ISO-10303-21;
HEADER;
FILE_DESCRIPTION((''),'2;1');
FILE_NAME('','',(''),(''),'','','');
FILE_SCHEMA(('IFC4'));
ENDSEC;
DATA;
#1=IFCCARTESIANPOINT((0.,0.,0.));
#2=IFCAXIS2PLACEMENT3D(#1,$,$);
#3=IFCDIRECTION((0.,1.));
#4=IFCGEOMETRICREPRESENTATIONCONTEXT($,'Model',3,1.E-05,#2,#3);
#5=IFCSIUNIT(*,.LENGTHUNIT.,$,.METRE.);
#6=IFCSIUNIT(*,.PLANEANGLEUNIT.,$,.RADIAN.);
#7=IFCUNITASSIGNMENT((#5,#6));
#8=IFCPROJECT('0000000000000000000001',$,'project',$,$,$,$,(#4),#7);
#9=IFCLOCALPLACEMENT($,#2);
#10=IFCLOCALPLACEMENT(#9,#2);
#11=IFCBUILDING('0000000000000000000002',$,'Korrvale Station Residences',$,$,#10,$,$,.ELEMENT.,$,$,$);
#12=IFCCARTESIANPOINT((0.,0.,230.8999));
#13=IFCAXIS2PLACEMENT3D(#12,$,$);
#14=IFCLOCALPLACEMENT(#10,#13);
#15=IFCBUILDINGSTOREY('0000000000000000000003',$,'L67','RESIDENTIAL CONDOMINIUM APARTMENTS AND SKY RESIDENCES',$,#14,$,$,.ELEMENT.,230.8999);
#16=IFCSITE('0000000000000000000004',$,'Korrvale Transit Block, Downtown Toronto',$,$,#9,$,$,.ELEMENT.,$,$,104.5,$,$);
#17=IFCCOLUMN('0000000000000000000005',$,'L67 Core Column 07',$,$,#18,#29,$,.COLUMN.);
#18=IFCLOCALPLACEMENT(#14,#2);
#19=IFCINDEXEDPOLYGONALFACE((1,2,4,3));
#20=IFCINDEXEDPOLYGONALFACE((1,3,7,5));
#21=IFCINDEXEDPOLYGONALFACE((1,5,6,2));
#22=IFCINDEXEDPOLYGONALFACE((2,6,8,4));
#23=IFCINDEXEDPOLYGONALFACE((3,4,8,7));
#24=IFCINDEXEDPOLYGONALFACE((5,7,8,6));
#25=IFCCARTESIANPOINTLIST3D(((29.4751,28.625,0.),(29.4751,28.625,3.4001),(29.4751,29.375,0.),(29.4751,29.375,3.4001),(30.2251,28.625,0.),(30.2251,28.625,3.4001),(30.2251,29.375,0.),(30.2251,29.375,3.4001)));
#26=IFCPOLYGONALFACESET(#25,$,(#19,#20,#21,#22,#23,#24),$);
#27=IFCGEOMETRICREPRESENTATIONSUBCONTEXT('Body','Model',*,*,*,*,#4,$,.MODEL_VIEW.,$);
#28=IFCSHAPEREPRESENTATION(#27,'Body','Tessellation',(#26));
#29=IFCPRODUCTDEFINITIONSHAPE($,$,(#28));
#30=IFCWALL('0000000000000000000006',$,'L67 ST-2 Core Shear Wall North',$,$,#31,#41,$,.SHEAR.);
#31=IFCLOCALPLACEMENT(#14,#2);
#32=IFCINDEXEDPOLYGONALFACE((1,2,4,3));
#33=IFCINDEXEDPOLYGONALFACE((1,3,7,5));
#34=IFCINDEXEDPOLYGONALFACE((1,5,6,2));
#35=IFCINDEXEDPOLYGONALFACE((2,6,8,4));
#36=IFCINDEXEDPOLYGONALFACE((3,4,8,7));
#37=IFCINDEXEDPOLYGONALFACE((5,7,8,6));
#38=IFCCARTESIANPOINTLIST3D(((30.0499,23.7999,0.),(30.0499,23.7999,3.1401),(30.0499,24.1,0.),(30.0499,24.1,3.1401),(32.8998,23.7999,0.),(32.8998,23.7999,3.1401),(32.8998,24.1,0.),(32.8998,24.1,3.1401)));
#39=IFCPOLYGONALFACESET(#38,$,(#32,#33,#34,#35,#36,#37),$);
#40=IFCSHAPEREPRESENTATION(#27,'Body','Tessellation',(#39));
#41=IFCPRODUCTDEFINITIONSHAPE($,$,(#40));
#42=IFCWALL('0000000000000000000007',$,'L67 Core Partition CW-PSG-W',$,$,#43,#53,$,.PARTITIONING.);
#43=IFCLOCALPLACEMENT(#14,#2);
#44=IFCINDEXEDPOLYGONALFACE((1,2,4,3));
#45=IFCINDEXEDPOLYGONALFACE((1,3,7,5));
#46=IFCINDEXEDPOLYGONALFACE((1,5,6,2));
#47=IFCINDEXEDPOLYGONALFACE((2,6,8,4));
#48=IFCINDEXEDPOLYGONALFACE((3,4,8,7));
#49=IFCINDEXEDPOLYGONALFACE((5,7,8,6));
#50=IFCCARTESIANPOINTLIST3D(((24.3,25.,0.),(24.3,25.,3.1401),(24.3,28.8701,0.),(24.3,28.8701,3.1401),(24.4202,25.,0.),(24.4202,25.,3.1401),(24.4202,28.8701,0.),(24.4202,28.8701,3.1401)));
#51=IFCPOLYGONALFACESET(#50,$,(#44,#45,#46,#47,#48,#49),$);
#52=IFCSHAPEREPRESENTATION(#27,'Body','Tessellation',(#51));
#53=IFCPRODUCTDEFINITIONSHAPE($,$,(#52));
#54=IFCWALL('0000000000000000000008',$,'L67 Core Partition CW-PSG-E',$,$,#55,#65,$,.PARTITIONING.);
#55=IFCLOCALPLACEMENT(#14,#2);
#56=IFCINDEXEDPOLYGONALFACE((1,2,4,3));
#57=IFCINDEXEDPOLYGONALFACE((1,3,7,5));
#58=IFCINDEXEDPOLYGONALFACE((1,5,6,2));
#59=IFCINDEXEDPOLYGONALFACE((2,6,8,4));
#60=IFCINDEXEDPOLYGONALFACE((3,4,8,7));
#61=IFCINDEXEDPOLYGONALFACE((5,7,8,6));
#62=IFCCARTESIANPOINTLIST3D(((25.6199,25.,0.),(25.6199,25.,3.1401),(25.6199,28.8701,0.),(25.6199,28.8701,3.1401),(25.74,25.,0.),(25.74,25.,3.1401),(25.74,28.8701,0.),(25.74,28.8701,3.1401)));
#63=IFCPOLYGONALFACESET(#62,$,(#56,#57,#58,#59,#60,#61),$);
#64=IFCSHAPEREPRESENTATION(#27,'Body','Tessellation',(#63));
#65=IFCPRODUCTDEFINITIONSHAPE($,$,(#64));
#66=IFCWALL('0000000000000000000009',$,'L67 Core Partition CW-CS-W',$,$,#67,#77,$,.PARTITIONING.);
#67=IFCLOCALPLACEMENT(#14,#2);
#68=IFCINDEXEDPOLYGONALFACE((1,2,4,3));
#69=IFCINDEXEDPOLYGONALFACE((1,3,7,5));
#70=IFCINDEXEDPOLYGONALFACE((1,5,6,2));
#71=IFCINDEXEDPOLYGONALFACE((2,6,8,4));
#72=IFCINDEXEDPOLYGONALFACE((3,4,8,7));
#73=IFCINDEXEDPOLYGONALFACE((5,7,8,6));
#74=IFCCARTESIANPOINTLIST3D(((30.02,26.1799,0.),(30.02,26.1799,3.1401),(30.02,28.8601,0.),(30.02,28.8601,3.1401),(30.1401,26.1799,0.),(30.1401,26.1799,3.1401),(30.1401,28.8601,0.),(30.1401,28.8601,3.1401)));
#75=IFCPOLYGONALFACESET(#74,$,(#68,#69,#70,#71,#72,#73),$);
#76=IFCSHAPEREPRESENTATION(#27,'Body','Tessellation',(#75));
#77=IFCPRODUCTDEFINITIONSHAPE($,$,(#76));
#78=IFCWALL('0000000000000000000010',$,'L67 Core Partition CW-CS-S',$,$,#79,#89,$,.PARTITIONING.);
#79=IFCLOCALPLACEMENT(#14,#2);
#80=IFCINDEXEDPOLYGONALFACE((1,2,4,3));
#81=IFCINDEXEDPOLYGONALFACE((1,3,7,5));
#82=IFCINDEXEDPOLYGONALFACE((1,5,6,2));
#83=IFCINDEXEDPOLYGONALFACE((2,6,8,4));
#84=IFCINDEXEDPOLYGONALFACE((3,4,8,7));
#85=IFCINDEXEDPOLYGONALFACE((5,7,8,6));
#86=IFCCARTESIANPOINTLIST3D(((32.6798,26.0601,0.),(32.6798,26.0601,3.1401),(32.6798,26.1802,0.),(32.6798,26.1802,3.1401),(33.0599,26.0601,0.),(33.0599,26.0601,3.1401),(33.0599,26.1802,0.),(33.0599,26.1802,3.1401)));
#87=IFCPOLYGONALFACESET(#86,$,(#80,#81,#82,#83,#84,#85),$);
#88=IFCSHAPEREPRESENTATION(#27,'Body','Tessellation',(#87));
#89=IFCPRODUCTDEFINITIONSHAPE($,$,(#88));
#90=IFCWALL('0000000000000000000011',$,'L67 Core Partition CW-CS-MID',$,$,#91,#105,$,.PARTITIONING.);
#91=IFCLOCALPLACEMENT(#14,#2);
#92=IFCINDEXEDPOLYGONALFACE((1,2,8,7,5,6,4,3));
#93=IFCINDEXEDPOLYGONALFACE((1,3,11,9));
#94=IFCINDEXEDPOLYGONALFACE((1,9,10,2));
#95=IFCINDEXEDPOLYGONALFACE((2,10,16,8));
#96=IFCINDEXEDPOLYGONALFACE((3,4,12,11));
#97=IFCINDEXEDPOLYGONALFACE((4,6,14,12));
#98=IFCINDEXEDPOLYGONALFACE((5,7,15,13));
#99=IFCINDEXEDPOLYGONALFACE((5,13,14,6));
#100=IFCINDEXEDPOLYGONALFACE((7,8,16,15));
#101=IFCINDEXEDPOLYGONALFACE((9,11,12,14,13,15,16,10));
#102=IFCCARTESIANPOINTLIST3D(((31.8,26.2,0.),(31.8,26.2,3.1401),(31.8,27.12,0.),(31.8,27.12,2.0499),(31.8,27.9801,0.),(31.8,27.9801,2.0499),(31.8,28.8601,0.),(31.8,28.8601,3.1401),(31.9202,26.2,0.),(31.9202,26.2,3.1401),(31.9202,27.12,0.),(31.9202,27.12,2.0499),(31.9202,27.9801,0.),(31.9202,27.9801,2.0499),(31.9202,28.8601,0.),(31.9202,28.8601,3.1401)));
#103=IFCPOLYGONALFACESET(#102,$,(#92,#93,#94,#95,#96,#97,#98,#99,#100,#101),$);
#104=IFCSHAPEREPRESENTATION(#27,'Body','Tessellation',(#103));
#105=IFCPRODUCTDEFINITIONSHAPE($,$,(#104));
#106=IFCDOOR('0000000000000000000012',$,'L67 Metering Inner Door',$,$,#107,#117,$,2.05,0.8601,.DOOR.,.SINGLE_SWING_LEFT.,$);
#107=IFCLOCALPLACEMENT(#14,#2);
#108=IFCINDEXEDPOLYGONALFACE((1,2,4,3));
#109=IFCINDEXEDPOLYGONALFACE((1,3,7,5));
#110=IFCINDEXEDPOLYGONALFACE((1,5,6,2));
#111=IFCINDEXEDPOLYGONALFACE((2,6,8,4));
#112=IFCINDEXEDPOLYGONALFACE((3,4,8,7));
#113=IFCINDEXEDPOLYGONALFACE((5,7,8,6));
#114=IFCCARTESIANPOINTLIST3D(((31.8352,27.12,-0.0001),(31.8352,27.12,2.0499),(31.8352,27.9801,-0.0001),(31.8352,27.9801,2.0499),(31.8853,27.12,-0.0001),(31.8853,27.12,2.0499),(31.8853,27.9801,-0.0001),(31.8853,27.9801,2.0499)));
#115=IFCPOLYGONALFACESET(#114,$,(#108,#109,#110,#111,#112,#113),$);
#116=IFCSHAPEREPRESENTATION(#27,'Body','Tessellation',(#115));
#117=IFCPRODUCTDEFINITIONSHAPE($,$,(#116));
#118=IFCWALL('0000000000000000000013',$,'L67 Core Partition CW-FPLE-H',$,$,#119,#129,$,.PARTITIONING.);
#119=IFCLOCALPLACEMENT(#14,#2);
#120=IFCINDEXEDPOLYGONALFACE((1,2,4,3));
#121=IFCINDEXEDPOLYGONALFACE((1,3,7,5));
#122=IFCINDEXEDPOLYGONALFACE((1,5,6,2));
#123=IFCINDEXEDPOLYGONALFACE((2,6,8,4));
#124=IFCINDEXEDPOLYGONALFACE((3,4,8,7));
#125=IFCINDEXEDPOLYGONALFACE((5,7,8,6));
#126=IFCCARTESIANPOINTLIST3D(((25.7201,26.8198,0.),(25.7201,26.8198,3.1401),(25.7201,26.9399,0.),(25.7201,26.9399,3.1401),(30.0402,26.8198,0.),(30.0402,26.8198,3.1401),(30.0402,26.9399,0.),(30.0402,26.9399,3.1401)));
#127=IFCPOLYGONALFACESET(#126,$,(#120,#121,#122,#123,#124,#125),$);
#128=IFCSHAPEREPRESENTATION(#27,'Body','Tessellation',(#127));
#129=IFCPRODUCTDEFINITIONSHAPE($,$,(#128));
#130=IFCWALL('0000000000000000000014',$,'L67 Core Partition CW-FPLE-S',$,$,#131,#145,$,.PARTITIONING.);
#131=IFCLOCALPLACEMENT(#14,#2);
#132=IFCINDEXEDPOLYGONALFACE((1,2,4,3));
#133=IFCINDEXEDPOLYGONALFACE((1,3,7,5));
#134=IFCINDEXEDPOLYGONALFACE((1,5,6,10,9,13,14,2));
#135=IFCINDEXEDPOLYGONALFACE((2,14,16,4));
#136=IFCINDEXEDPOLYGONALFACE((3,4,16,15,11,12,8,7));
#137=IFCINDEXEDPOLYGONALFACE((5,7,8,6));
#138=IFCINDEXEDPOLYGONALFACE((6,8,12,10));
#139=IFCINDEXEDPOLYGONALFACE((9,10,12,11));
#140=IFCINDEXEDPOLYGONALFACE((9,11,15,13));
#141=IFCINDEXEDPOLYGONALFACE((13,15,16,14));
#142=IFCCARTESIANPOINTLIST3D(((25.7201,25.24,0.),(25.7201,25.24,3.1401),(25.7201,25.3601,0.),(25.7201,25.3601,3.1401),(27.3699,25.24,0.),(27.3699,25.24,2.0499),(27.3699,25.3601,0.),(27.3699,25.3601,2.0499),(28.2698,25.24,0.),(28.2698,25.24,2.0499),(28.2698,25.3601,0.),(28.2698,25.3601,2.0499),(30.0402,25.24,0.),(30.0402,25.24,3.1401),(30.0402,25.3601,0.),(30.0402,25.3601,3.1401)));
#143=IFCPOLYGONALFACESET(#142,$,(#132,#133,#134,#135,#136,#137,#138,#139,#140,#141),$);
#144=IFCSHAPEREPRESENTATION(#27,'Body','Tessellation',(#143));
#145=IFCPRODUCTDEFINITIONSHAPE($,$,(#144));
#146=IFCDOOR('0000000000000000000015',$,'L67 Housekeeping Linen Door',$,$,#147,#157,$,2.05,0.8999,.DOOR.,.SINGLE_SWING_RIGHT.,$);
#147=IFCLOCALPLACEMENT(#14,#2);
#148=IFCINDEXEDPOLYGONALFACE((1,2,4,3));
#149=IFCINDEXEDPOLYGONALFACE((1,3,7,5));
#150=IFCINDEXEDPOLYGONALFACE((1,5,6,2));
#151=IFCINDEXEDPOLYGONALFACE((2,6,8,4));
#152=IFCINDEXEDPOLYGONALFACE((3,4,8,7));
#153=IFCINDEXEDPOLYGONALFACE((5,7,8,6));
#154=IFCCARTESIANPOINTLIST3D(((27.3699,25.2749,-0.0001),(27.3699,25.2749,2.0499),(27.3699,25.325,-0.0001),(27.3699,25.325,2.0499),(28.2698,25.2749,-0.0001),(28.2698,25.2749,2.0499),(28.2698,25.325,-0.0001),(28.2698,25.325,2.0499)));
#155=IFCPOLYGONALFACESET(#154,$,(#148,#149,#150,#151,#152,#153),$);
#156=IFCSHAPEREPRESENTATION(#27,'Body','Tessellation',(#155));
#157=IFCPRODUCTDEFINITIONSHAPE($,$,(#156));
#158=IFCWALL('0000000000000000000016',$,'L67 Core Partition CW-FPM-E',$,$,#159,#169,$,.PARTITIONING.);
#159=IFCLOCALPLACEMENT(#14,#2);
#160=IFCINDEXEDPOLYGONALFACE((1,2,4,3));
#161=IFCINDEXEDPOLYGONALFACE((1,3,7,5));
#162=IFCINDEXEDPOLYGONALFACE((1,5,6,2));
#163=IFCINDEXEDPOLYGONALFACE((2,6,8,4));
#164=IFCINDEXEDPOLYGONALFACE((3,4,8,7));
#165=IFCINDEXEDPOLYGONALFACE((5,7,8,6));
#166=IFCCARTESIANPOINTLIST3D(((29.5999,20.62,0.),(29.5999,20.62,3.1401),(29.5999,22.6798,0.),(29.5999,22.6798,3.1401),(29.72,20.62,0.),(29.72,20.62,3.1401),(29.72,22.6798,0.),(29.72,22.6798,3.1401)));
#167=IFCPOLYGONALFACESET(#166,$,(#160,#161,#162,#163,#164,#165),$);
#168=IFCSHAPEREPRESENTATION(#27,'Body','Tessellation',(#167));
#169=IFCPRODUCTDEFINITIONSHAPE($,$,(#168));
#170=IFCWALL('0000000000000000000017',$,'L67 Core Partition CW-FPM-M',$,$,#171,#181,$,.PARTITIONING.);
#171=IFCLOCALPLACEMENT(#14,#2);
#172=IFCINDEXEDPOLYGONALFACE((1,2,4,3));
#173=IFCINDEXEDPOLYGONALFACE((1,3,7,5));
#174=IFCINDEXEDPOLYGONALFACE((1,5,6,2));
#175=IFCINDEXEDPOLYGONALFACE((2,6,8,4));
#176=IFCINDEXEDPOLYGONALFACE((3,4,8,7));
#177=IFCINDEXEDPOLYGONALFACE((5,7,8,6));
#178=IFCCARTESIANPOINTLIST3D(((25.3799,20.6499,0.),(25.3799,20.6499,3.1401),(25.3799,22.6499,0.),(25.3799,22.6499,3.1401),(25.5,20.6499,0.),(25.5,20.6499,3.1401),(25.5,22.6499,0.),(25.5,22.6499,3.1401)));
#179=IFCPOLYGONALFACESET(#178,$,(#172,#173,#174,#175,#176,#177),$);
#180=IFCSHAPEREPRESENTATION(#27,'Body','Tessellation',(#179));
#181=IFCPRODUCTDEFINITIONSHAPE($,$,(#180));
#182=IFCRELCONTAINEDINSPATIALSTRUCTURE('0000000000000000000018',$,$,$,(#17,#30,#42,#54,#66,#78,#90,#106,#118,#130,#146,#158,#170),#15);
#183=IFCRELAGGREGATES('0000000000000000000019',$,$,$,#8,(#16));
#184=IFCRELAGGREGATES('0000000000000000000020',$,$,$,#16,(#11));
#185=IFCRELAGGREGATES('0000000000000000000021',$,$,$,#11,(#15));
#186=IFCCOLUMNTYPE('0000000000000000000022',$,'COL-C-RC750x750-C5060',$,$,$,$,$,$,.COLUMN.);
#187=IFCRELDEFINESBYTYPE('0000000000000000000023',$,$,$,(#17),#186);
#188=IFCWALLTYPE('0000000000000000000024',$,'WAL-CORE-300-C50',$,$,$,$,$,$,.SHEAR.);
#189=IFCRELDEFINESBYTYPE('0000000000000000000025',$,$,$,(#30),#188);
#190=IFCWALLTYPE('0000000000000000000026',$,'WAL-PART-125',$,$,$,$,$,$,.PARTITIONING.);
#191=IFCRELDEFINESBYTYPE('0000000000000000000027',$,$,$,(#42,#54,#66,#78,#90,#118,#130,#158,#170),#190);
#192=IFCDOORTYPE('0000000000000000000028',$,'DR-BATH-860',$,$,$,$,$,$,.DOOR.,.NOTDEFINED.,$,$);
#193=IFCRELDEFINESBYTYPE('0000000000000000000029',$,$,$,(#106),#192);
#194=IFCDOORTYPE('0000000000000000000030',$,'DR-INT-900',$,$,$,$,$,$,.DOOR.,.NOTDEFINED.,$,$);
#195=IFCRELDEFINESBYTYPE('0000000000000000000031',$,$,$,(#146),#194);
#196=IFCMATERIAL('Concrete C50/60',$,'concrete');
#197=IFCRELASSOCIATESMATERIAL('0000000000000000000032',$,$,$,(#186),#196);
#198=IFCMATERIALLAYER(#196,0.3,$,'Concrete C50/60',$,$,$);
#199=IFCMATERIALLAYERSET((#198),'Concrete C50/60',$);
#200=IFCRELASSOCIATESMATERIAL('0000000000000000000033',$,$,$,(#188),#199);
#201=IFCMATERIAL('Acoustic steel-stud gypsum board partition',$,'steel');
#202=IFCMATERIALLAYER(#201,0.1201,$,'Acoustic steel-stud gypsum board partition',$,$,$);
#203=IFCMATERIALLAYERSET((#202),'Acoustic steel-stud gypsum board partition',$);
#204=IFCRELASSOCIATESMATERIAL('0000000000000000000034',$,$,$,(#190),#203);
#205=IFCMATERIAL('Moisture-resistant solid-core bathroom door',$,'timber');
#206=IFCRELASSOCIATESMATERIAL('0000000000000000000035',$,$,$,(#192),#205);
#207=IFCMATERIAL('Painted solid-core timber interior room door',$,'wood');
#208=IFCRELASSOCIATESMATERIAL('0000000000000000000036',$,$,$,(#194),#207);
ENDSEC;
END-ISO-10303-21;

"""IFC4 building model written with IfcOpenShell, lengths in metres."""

from ifc_helpers import new_model, si_unit, direction, frame, frame_2d, origin, origin_2d, place, context, subcontext, project, spatial, rectangle, extrude, material, layer, layer_set, material_profile, profile_set, type_object, element, fill, save


model = new_model("IFC4")

# Units and contexts
model_context = context("Model", 3, precision=1e-05, world=origin(), true_north=direction((0.0, 1.0)))
body_context = subcontext(model_context, "Body", "Model", "MODEL_VIEW")
ifc_project = project(units=[si_unit("LENGTHUNIT", "METRE"), si_unit("PLANEANGLEUNIT", "RADIAN")], contexts=[model_context])

# Site, building, storey
site_placement = place(None, origin())
site = spatial("IfcSite", under=ifc_project, at=site_placement, Name="Korrvale Transit Block, Downtown Toronto", CompositionType="ELEMENT", RefElevation=104.5)
building_placement = place(site_placement, origin())
building = spatial("IfcBuilding", under=site, at=building_placement, Name="Korrvale Station Residences", CompositionType="ELEMENT")
storey_placement = place(building_placement, frame((0.0, 0.0, 230.8999)))
storey = spatial("IfcBuildingStorey", under=building, at=storey_placement, Name="L67", Description="RESIDENTIAL CONDOMINIUM APARTMENTS AND SKY RESIDENCES", CompositionType="ELEMENT", Elevation=230.8999)

# Column
ifc_material_1 = material(Name="Concrete C50/60", Category="concrete")
ifc_material_profile = material_profile(ifc_material_1, rectangle(XDim=0.75, YDim=0.75, at=origin_2d()), Name="RC750x750")
ifc_profile_set = profile_set([ifc_material_profile], Name="Concrete C50/60")
column_type = type_object("IfcColumnType", Name="COL-C-RC750x750-C5060", PredefinedType="COLUMN", material=ifc_profile_set)
column_placement = place(storey_placement, frame((29.8501, 29.0, 0.0), z_axis=(0.0, 0.0, 1.0), x_axis=(1.0, 0.0, 0.0)))
element("IfcColumn", 1, at=column_placement, inside=storey, type_object=column_type, Name="L67 Core Column 07", PredefinedType="COLUMN", context=body_context, shape_type="SweptSolid", body=[
    extrude(rectangle(XDim=0.75, YDim=0.75, at=origin_2d()), origin(), (0.0, 0.0, 1.0), 3.4001),
])

# Walls
ifc_layer_1 = layer(ifc_material_1, 0.3, Name="Concrete C50/60")
ifc_layer_set_1 = layer_set([ifc_layer_1], Name="Concrete C50/60")
wall_type_1 = type_object("IfcWallType", Name="WAL-CORE-300-C50", PredefinedType="SHEAR", material=ifc_layer_set_1)
wall_1_placement = place(storey_placement, frame((30.05, 23.95, 0.0), z_axis=(0.0, 0.0, 1.0), x_axis=(1.0, 0.0, 0.0)))
element("IfcWall", 2, at=wall_1_placement, inside=storey, type_object=wall_type_1, Name="L67 ST-2 Core Shear Wall North", PredefinedType="SHEAR", context=body_context, shape_type="SweptSolid", body=[
    extrude(rectangle(XDim=2.8499, YDim=0.3, at=frame_2d((1.4248, 0.0))), origin(), (0.0, 0.0, 1.0), 3.1401),
])
ifc_material_2 = material(Name="Acoustic steel-stud gypsum board partition", Category="steel")
ifc_layer_2 = layer(ifc_material_2, 0.1201, Name="Acoustic steel-stud gypsum board partition")
ifc_layer_set_2 = layer_set([ifc_layer_2], Name="Acoustic steel-stud gypsum board partition")
wall_type_2 = type_object("IfcWallType", Name="WAL-PART-125", PredefinedType="PARTITIONING", material=ifc_layer_set_2)
for number, where, z_axis, x_axis, name in (
    (3, (24.3601, 25.0, 0.0), (0.0, 0.0, 1.0), (0.0, 1.0, 0.0), "L67 Core Partition CW-PSG-W"),
    (4, (25.6799, 25.0, 0.0), (0.0, 0.0, 1.0), (0.0, 1.0, 0.0), "L67 Core Partition CW-PSG-E"),
):
    element("IfcWall", number, at=place(storey_placement, frame(where, z_axis=z_axis, x_axis=x_axis)), inside=storey, type_object=wall_type_2, Name=name, PredefinedType="PARTITIONING", context=body_context, shape_type="SweptSolid", body=[
        extrude(rectangle(XDim=3.8701, YDim=0.1201, at=frame_2d((1.9351, 0.0))), origin(), (0.0, 0.0, 1.0), 3.1401),
    ])
wall_2_placement = place(storey_placement, frame((30.0801, 26.1799, 0.0), z_axis=(0.0, 0.0, 1.0), x_axis=(0.0, 1.0, 0.0)))
element("IfcWall", 5, at=wall_2_placement, inside=storey, type_object=wall_type_2, Name="L67 Core Partition CW-CS-W", PredefinedType="PARTITIONING", context=body_context, shape_type="SweptSolid", body=[
    extrude(rectangle(XDim=2.6802, YDim=0.1201, at=frame_2d((1.3401, 0.0))), origin(), (0.0, 0.0, 1.0), 3.1401),
])
wall_3_placement = place(storey_placement, frame((32.6799, 26.1201, 0.0), z_axis=(0.0, 0.0, 1.0), x_axis=(1.0, 0.0, 0.0)))
element("IfcWall", 6, at=wall_3_placement, inside=storey, type_object=wall_type_2, Name="L67 Core Partition CW-CS-S", PredefinedType="PARTITIONING", context=body_context, shape_type="SweptSolid", body=[
    extrude(rectangle(XDim=0.3801, YDim=0.1201, at=frame_2d((0.1899, 0.0))), origin(), (0.0, 0.0, 1.0), 3.1401),
])

# Wall, opening, door
wall_4_placement = place(storey_placement, frame((31.8601, 26.2, 0.0), z_axis=(0.0, 0.0, 1.0), x_axis=(0.0, 1.0, 0.0)))
wall_4 = element("IfcWall", 7, at=wall_4_placement, inside=storey, type_object=wall_type_2, Name="L67 Core Partition CW-CS-MID", PredefinedType="PARTITIONING", context=body_context, shape_type="SweptSolid", body=[
    extrude(rectangle(XDim=2.6602, YDim=0.1201, at=frame_2d((1.3301, 0.0))), origin(), (0.0, 0.0, 1.0), 3.1401),
])
opening_1_placement = place(wall_4_placement, frame((0.9199, 0.0, 0.0)))
opening_1 = element("IfcOpeningElement", 8, at=opening_1_placement, cuts=wall_4, PredefinedType="OPENING", context=body_context, shape_type="SweptSolid", body=[
    extrude(rectangle(XDim=0.8601, YDim=2.05, at=frame_2d((0.4302, 1.0249))), frame((0.0, 0.0701, 0.0), z_axis=(0.0, -1.0, 0.0), x_axis=(1.0, 0.0, 0.0)), (0.0, 0.0, 1.0), 0.1401),
])
ifc_material_3 = material(Name="Moisture-resistant solid-core bathroom door", Category="timber")
door_type_1 = type_object("IfcDoorType", Name="DR-BATH-860", OperationType="NOTDEFINED", PredefinedType="DOOR", material=ifc_material_3)
door_1_placement = place(opening_1_placement, origin())
door_1 = element("IfcDoor", 9, at=door_1_placement, inside=storey, type_object=door_type_1, Name="L67 Metering Inner Door", OperationType="SINGLE_SWING_LEFT", OverallHeight=2.05, OverallWidth=0.8601, PredefinedType="DOOR", context=body_context, shape_type="SweptSolid", body=[
    extrude(rectangle(XDim=0.8601, YDim=2.05, at=frame_2d((0.4302, 1.0249))), frame((0.0, 0.0249, 0.0), z_axis=(0.0, -1.0, 0.0), x_axis=(1.0, 0.0, 0.0)), (0.0, 0.0, 1.0), 0.05),
])
fill(opening_1, door_1)

# Wall
wall_5_placement = place(storey_placement, frame((25.72, 26.8799, 0.0), z_axis=(0.0, 0.0, 1.0), x_axis=(1.0, 0.0, 0.0)))
element("IfcWall", 10, at=wall_5_placement, inside=storey, type_object=wall_type_2, Name="L67 Core Partition CW-FPLE-H", PredefinedType="PARTITIONING", context=body_context, shape_type="SweptSolid", body=[
    extrude(rectangle(XDim=4.3201, YDim=0.1201, at=frame_2d((2.1602, 0.0))), origin(), (0.0, 0.0, 1.0), 3.1401),
])

# Wall, opening, door
wall_6_placement = place(storey_placement, frame((25.72, 25.3, 0.0), z_axis=(0.0, 0.0, 1.0), x_axis=(1.0, 0.0, 0.0)))
wall_6 = element("IfcWall", 11, at=wall_6_placement, inside=storey, type_object=wall_type_2, Name="L67 Core Partition CW-FPLE-S", PredefinedType="PARTITIONING", context=body_context, shape_type="SweptSolid", body=[
    extrude(rectangle(XDim=4.3201, YDim=0.1201, at=frame_2d((2.1602, 0.0))), origin(), (0.0, 0.0, 1.0), 3.1401),
])
opening_2_placement = place(wall_6_placement, frame((1.6499, 0.0, 0.0)))
opening_2 = element("IfcOpeningElement", 12, at=opening_2_placement, cuts=wall_6, PredefinedType="OPENING", context=body_context, shape_type="SweptSolid", body=[
    extrude(rectangle(XDim=0.8999, YDim=2.05, at=frame_2d((0.45, 1.0249))), frame((0.0, 0.0701, 0.0), z_axis=(0.0, -1.0, 0.0), x_axis=(1.0, 0.0, 0.0)), (0.0, 0.0, 1.0), 0.1401),
])
ifc_material_4 = material(Name="Painted solid-core timber interior room door", Category="wood")
door_type_2 = type_object("IfcDoorType", Name="DR-INT-900", OperationType="NOTDEFINED", PredefinedType="DOOR", material=ifc_material_4)
door_2_placement = place(opening_2_placement, origin())
door_2 = element("IfcDoor", 13, at=door_2_placement, inside=storey, type_object=door_type_2, Name="L67 Housekeeping Linen Door", OperationType="SINGLE_SWING_RIGHT", OverallHeight=2.05, OverallWidth=0.8999, PredefinedType="DOOR", context=body_context, shape_type="SweptSolid", body=[
    extrude(rectangle(XDim=0.8999, YDim=2.05, at=frame_2d((0.45, 1.0249))), frame((0.0, 0.0249, 0.0), z_axis=(0.0, -1.0, 0.0), x_axis=(1.0, 0.0, 0.0)), (0.0, 0.0, 1.0), 0.05),
])
fill(opening_2, door_2)

# Walls
wall_7_placement = place(storey_placement, frame((29.6599, 20.6201, 0.0), z_axis=(0.0, 0.0, 1.0), x_axis=(0.0, 1.0, 0.0)))
element("IfcWall", 14, at=wall_7_placement, inside=storey, type_object=wall_type_2, Name="L67 Core Partition CW-FPM-E", PredefinedType="PARTITIONING", context=body_context, shape_type="SweptSolid", body=[
    extrude(rectangle(XDim=2.0598, YDim=0.1201, at=frame_2d((1.0298, 0.0))), origin(), (0.0, 0.0, 1.0), 3.1401),
])
wall_8_placement = place(storey_placement, frame((25.4399, 20.6499, 0.0), z_axis=(0.0, 0.0, 1.0), x_axis=(0.0, 1.0, 0.0)))
element("IfcWall", 15, at=wall_8_placement, inside=storey, type_object=wall_type_2, Name="L67 Core Partition CW-FPM-M", PredefinedType="PARTITIONING", context=body_context, shape_type="SweptSolid", body=[
    extrude(rectangle(XDim=2.0, YDim=0.1201, at=frame_2d((1.0, 0.0))), origin(), (0.0, 0.0, 1.0), 3.1401),
])

save(model, "model.ifc")
